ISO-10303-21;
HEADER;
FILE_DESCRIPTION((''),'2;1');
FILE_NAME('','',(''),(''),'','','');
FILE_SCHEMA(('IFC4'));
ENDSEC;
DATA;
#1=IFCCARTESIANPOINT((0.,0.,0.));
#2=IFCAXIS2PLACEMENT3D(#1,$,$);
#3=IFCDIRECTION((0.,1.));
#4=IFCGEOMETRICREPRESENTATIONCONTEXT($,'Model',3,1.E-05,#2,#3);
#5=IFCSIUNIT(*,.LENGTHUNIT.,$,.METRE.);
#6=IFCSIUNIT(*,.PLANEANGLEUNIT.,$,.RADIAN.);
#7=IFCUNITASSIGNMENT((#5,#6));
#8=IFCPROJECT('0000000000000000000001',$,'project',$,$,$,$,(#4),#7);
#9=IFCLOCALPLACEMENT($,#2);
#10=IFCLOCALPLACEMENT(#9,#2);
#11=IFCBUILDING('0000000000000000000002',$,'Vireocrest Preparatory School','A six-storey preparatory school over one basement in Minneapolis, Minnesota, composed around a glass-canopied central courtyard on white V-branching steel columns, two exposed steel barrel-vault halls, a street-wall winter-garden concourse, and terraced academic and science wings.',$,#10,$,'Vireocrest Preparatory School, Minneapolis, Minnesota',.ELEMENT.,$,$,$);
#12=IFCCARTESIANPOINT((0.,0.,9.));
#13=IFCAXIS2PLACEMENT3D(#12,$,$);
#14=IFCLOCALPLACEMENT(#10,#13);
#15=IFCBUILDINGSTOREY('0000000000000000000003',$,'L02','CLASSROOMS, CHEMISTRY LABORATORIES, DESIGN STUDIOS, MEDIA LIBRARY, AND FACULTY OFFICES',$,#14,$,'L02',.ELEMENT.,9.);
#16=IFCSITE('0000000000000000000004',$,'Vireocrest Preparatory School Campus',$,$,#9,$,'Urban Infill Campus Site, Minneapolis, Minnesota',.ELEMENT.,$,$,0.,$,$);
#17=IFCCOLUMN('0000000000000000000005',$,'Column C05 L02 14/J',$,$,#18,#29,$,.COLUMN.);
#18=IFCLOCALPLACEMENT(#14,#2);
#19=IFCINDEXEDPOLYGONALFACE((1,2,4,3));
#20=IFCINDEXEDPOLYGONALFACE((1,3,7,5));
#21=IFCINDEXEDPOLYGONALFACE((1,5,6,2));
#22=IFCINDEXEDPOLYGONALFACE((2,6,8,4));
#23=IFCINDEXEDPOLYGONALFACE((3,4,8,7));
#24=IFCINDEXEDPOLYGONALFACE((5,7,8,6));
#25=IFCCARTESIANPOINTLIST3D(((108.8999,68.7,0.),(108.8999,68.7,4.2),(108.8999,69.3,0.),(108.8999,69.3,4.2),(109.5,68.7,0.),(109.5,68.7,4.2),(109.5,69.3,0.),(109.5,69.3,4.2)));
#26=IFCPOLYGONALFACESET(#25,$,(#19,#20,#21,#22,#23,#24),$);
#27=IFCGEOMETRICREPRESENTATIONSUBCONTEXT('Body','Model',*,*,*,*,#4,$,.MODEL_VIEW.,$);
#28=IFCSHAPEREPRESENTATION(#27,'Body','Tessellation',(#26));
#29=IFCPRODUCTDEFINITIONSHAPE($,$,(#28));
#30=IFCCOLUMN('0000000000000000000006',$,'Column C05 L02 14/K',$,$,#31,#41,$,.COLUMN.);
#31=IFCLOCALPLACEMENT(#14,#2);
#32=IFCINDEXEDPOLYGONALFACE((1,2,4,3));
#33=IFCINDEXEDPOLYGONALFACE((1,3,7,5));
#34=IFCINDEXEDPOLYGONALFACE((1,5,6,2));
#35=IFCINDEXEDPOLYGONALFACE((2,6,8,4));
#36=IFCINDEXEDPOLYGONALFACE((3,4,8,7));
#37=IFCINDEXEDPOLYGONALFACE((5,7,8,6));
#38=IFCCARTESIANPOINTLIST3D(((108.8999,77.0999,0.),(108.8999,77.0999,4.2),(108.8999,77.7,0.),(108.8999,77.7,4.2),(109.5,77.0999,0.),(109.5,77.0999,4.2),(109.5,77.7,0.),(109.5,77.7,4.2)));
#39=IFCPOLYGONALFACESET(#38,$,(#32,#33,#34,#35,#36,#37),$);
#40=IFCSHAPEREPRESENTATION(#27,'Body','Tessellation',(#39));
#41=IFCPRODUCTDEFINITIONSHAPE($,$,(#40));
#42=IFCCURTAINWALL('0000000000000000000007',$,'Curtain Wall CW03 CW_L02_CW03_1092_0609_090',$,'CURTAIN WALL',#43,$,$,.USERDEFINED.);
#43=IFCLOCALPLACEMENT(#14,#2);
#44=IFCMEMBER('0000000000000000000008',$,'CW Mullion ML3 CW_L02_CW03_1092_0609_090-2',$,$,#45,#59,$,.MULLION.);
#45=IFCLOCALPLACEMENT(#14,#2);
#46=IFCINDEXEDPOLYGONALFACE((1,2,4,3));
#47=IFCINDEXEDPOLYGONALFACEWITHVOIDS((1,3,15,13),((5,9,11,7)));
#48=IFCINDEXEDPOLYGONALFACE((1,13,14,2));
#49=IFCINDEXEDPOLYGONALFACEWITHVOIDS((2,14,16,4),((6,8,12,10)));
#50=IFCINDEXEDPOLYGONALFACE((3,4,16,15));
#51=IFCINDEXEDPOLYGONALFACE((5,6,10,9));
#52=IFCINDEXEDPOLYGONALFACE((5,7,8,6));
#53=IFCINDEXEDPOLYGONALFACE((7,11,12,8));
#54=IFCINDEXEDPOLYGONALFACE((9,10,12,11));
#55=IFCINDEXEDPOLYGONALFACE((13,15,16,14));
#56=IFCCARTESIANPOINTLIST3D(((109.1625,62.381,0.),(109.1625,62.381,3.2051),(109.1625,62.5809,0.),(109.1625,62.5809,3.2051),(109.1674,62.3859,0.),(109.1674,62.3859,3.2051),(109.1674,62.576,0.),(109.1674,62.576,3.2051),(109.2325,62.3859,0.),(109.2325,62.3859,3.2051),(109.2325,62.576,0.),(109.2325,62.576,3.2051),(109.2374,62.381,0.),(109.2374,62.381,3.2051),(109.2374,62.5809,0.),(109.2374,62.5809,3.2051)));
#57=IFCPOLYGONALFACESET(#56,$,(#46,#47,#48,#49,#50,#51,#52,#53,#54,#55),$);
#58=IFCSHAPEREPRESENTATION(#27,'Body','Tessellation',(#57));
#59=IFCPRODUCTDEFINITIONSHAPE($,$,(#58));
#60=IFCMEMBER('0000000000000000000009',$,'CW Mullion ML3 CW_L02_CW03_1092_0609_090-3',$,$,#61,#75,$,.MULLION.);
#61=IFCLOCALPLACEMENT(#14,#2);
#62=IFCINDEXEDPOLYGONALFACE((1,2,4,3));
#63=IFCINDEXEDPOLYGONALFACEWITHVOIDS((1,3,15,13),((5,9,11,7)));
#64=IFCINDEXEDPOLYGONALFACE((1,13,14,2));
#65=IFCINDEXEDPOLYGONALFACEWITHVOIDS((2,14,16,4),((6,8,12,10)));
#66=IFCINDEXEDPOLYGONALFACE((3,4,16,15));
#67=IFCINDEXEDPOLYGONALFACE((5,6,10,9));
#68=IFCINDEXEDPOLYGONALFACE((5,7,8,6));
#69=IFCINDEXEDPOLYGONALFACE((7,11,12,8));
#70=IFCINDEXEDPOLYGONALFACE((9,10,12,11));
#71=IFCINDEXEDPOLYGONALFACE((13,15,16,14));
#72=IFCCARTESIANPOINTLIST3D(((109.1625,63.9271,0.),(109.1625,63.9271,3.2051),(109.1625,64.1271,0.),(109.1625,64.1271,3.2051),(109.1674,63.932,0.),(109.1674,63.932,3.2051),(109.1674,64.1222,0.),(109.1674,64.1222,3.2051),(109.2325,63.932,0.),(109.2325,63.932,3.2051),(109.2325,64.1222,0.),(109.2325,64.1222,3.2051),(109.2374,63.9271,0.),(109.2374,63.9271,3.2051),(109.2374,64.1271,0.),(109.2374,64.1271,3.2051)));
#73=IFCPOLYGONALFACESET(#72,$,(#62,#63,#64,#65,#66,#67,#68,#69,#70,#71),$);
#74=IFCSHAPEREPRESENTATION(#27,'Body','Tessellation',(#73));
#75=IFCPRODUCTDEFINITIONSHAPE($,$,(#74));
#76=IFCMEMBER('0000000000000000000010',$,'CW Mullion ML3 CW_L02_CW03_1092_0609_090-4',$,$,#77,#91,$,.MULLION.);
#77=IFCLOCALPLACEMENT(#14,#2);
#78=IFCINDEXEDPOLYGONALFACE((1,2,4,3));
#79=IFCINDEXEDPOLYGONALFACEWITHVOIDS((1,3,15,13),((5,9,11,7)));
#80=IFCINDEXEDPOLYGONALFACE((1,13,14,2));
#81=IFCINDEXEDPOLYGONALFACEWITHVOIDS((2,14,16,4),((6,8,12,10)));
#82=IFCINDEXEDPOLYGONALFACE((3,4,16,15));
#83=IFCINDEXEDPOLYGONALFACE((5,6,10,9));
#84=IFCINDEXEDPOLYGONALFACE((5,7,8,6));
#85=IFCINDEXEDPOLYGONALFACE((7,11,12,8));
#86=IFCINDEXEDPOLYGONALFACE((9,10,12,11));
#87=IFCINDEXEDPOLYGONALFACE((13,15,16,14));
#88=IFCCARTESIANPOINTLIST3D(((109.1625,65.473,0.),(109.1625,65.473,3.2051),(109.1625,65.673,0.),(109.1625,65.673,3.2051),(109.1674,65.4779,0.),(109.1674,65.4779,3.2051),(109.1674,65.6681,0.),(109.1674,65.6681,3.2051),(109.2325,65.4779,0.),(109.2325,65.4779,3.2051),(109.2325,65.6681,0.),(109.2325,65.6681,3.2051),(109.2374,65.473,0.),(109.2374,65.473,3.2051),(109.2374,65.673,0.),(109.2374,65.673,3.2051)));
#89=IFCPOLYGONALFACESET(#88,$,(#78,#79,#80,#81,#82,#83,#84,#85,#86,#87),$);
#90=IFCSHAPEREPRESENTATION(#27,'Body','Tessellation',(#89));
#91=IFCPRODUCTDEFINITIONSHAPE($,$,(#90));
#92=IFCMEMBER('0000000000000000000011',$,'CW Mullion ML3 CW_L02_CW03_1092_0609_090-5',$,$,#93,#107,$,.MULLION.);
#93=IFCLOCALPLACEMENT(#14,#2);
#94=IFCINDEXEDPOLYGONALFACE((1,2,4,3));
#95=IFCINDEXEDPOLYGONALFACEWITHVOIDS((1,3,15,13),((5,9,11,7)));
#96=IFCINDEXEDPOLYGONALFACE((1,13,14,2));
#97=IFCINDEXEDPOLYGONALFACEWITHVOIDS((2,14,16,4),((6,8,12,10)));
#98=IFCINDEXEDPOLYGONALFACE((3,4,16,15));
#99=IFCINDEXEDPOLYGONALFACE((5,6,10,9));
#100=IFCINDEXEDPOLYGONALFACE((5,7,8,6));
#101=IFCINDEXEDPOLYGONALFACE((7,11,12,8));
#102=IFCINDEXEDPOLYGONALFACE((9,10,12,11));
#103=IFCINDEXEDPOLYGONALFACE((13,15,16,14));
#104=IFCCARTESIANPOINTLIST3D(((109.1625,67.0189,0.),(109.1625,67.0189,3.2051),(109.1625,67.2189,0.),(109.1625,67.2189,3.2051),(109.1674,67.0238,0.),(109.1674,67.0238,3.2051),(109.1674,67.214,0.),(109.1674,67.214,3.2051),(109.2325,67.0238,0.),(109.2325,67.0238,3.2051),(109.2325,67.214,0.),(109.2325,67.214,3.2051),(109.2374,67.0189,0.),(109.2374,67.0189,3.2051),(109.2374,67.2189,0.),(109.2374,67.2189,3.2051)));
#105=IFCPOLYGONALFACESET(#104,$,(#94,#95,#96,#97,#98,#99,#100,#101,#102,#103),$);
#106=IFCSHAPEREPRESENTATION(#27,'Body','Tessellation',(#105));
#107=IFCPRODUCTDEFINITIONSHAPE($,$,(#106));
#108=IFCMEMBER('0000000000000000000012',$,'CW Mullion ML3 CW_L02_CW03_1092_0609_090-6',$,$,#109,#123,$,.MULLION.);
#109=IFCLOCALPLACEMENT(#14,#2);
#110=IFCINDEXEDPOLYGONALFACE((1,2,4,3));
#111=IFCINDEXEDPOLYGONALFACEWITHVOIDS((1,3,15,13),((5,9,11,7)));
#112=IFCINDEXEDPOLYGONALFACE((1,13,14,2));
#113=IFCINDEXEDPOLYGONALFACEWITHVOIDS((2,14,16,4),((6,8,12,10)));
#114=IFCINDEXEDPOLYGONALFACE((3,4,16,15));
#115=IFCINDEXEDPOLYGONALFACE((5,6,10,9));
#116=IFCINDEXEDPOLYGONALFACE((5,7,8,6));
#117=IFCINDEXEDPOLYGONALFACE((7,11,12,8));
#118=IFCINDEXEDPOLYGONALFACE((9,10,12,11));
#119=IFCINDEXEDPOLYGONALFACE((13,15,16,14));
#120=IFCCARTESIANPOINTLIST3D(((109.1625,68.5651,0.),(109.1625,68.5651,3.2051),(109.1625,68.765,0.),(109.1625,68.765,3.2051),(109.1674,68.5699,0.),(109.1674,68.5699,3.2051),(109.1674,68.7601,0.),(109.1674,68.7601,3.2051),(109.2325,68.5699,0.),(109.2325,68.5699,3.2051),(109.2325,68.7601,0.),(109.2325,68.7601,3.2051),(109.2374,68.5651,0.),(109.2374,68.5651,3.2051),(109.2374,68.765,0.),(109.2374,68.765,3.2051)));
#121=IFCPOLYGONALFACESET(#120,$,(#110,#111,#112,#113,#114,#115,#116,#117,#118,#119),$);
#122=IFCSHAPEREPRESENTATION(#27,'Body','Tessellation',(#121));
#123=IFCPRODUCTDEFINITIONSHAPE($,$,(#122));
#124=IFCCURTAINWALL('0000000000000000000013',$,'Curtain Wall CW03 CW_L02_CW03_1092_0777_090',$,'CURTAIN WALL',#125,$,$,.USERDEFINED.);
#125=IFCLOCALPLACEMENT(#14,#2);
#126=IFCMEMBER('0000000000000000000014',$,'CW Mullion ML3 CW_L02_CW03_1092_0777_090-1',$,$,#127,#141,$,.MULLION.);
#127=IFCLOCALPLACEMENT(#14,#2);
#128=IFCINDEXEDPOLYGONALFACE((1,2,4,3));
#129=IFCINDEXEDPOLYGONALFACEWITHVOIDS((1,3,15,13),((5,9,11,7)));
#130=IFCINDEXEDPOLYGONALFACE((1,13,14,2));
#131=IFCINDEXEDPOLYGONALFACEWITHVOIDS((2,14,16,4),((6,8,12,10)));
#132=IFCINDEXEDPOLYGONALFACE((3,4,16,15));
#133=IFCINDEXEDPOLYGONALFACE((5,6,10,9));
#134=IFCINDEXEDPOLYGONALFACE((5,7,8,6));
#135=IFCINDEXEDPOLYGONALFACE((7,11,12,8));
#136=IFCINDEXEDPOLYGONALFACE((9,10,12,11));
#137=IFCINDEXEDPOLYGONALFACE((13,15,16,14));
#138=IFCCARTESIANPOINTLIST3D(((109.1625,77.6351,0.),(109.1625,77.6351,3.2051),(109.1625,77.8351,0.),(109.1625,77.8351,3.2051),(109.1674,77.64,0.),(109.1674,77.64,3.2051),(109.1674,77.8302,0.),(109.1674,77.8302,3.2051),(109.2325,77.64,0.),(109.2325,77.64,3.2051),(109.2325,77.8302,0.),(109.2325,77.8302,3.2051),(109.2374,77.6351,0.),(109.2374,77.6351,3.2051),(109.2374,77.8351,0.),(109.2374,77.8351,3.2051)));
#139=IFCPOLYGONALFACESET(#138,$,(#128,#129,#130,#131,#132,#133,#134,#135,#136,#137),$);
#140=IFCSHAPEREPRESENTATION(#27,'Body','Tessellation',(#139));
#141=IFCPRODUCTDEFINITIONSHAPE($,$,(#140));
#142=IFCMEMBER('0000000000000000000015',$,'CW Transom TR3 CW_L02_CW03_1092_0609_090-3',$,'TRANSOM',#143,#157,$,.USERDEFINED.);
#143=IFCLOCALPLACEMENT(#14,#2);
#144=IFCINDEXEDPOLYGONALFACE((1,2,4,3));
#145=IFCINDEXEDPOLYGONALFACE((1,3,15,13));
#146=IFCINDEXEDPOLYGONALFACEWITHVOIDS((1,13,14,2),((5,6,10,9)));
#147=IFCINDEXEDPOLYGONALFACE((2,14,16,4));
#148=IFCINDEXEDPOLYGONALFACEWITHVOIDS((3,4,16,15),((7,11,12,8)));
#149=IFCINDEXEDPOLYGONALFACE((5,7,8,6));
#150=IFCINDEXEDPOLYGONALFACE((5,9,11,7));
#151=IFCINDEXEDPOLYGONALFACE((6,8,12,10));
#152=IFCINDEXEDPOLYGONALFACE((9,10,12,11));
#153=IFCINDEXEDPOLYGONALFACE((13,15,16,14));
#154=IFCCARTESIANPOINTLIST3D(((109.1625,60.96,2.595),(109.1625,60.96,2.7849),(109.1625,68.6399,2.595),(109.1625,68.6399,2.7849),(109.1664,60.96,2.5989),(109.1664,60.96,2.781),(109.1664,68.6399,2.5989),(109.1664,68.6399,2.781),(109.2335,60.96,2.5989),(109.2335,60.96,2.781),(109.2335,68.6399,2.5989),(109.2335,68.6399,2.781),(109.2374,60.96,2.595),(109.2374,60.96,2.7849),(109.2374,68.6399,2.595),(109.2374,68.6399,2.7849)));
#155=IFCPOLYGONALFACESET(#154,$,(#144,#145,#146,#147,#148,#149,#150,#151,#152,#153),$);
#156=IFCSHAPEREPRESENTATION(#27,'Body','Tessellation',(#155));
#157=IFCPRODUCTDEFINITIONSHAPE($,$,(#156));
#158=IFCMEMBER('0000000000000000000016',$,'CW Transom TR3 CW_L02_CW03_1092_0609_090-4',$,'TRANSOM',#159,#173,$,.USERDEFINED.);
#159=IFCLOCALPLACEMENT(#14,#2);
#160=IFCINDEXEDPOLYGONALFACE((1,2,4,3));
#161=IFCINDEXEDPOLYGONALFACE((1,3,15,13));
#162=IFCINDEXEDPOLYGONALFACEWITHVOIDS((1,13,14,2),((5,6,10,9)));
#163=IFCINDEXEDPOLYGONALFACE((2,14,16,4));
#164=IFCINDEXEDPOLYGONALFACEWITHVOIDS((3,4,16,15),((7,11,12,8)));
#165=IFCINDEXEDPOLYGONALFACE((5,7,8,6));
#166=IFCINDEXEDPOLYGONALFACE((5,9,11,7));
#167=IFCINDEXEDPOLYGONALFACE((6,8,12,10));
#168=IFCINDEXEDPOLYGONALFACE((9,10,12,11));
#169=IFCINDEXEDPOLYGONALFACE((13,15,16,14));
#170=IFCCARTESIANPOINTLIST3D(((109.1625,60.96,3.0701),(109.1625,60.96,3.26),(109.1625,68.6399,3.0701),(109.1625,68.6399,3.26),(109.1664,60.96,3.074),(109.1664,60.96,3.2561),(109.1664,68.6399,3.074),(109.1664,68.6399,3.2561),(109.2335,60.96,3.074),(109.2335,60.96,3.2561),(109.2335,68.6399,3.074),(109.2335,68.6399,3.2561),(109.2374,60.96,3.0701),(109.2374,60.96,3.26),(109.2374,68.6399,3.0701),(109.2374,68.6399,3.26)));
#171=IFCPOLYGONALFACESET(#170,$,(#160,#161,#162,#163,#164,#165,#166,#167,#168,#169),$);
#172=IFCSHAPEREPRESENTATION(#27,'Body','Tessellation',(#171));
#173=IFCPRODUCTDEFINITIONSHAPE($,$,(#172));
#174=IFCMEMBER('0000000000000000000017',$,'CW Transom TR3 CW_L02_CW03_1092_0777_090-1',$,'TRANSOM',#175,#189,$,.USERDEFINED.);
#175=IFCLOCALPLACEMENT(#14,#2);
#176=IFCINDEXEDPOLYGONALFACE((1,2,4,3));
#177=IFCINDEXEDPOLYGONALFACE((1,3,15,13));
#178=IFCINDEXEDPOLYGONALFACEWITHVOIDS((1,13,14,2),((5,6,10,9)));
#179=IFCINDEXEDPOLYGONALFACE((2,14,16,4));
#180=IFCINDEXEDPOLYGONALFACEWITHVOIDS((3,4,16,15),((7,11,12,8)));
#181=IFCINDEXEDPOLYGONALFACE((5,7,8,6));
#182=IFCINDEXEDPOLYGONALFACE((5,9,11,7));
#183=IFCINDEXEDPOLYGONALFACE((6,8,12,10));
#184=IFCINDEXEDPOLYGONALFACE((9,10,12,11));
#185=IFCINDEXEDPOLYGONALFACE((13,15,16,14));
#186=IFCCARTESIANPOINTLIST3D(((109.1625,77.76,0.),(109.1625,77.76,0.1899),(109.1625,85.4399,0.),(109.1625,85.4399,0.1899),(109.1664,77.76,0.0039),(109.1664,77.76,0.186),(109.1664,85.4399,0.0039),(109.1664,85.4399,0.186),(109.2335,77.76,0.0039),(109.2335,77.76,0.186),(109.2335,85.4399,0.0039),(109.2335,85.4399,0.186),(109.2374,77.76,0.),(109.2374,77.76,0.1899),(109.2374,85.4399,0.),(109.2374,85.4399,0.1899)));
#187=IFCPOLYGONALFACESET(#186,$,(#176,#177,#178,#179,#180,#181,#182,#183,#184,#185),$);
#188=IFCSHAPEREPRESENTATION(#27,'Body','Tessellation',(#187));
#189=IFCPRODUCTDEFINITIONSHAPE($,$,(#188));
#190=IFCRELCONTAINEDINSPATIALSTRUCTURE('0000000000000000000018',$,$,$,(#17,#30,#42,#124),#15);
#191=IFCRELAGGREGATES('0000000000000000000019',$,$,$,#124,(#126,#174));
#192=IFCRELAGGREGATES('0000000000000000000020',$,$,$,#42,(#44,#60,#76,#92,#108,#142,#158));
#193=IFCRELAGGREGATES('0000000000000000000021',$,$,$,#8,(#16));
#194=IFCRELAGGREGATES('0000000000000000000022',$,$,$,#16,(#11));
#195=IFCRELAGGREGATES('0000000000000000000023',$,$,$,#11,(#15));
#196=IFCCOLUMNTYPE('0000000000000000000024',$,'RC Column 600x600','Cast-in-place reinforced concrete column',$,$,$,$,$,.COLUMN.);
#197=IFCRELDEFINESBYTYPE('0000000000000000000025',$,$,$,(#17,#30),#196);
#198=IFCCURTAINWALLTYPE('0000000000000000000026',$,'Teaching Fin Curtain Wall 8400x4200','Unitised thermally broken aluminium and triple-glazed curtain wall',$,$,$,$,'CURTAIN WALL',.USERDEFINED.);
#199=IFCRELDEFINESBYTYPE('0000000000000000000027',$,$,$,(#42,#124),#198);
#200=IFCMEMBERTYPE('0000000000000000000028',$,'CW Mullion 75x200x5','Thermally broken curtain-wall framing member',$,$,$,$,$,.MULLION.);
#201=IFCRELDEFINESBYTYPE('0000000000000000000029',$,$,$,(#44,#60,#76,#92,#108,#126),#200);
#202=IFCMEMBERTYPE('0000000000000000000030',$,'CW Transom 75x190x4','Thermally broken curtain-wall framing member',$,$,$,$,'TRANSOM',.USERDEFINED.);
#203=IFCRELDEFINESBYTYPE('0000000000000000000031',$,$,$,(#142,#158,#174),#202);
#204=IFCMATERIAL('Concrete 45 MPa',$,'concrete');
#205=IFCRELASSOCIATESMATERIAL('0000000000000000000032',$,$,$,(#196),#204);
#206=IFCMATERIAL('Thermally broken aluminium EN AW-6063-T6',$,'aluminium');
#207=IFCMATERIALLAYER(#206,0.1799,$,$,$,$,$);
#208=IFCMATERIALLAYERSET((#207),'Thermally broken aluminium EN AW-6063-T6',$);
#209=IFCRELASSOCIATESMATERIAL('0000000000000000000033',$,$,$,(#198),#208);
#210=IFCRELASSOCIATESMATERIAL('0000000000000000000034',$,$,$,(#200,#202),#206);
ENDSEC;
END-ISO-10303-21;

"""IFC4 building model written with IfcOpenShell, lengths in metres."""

from ifc_helpers import new_model, si_unit, direction, frame, origin, origin_2d, place, context, subcontext, project, spatial, rectangle, hollow_rectangle, extrude, material, layer, layer_set, material_profile, profile_set, type_object, element, aggregate, save


model = new_model("IFC4")

# Units and contexts
model_context = context("Model", 3, precision=1e-05, world=origin(), true_north=direction((0.0, 1.0)))
body_context = subcontext(model_context, "Body", "Model", "MODEL_VIEW")
ifc_project = project(units=[si_unit("LENGTHUNIT", "METRE"), si_unit("PLANEANGLEUNIT", "RADIAN")], contexts=[model_context])

# Site, building, storey
site_placement = place(None, origin())
site = spatial("IfcSite", under=ifc_project, at=site_placement, Name="Vireocrest Preparatory School Campus", LongName="Urban Infill Campus Site, Minneapolis, Minnesota", CompositionType="ELEMENT", RefElevation=0.0)
building_placement = place(site_placement, origin())
building = spatial("IfcBuilding", under=site, at=building_placement, Name="Vireocrest Preparatory School", Description="A six-storey preparatory school over one basement in Minneapolis, Minnesota, composed around a glass-canopied central courtyard on white V-branching steel columns, two exposed steel barrel-vault halls, a street-wall winter-garden concourse, and terraced academic and science wings.", LongName="Vireocrest Preparatory School, Minneapolis, Minnesota", CompositionType="ELEMENT")
storey_placement = place(building_placement, frame((0.0, 0.0, 9.0)))
storey = spatial("IfcBuildingStorey", under=building, at=storey_placement, Name="L02", Description="CLASSROOMS, CHEMISTRY LABORATORIES, DESIGN STUDIOS, MEDIA LIBRARY, AND FACULTY OFFICES", LongName="L02", CompositionType="ELEMENT", Elevation=9.0)

# Columns
ifc_material_1 = material(Name="Concrete 45 MPa", Category="concrete")
ifc_material_profile_1 = material_profile(ifc_material_1, rectangle(XDim=0.6001, YDim=0.6001, at=origin_2d()), Name="RC 600x600")
ifc_profile_set_1 = profile_set([ifc_material_profile_1], Name="Concrete 45 MPa")
column_type = type_object("IfcColumnType", Name="RC Column 600x600", Description="Cast-in-place reinforced concrete column", PredefinedType="COLUMN", material=ifc_profile_set_1)
for number, where, z_axis, x_axis, name in (
    (1, (109.2, 69.0, 0.0), (0.0, 0.0, 1.0), (1.0, 0.0, 0.0), "Column C05 L02 14/J"),
    (2, (109.2, 77.3999, 0.0), (0.0, 0.0, 1.0), (1.0, 0.0, 0.0), "Column C05 L02 14/K"),
):
    element("IfcColumn", number, at=place(storey_placement, frame(where, z_axis=z_axis, x_axis=x_axis)), inside=storey, type_object=column_type, Name=name, PredefinedType="COLUMN", context=body_context, shape_type="SweptSolid", body=[
        extrude(rectangle(XDim=0.6001, YDim=0.6001, at=origin_2d()), origin(), (0.0, 0.0, 1.0), 4.2),
    ])

# Curtain wall, members
ifc_material_2 = material(Name="Thermally broken aluminium EN AW-6063-T6", Category="aluminium")
ifc_layer_1 = layer(ifc_material_2, 0.1799)
ifc_layer_set_1 = layer_set([ifc_layer_1], Name="Thermally broken aluminium EN AW-6063-T6")
curtain_wall_type = type_object("IfcCurtainWallType", Name="Teaching Fin Curtain Wall 8400x4200", Description="Unitised thermally broken aluminium and triple-glazed curtain wall", ElementType="CURTAIN WALL", PredefinedType="USERDEFINED", material=ifc_layer_set_1)
curtain_wall_1_placement = place(storey_placement, origin())
curtain_wall_1 = element("IfcCurtainWall", 3, at=curtain_wall_1_placement, inside=storey, type_object=curtain_wall_type, Name="Curtain Wall CW03 CW_L02_CW03_1092_0609_090", ObjectType="CURTAIN WALL", PredefinedType="USERDEFINED")
ifc_material_profile_2 = material_profile(ifc_material_2, hollow_rectangle(XDim=0.075, YDim=0.2, WallThickness=0.0049, at=origin_2d()), Name="ALU 75x200x5")
ifc_profile_set_2 = profile_set([ifc_material_profile_2], Name="Thermally broken aluminium EN AW-6063-T6")
member_type_1 = type_object("IfcMemberType", Name="CW Mullion 75x200x5", Description="Thermally broken curtain-wall framing member", PredefinedType="MULLION", material=ifc_profile_set_2)
member_1_placement = place(storey_placement, frame((109.2, 62.481, 0.0), z_axis=(0.0, 0.0, 1.0), x_axis=(1.0, 0.0, 0.0)))
member_1 = element("IfcMember", 4, at=member_1_placement, type_object=member_type_1, Name="CW Mullion ML3 CW_L02_CW03_1092_0609_090-2", PredefinedType="MULLION", context=body_context, shape_type="SweptSolid", body=[
    extrude(hollow_rectangle(XDim=0.075, YDim=0.2, WallThickness=0.0049, at=origin_2d()), origin(), (0.0, 0.0, 1.0), 3.2051),
])
member_2_placement = place(storey_placement, frame((109.2, 64.0271, 0.0), z_axis=(0.0, 0.0, 1.0), x_axis=(1.0, 0.0, 0.0)))
member_2 = element("IfcMember", 5, at=member_2_placement, type_object=member_type_1, Name="CW Mullion ML3 CW_L02_CW03_1092_0609_090-3", PredefinedType="MULLION", context=body_context, shape_type="SweptSolid", body=[
    extrude(hollow_rectangle(XDim=0.075, YDim=0.2, WallThickness=0.0049, at=origin_2d()), origin(), (0.0, 0.0, 1.0), 3.2051),
])
member_3_placement = place(storey_placement, frame((109.2, 65.573, 0.0), z_axis=(0.0, 0.0, 1.0), x_axis=(1.0, 0.0, 0.0)))
member_3 = element("IfcMember", 6, at=member_3_placement, type_object=member_type_1, Name="CW Mullion ML3 CW_L02_CW03_1092_0609_090-4", PredefinedType="MULLION", context=body_context, shape_type="SweptSolid", body=[
    extrude(hollow_rectangle(XDim=0.075, YDim=0.2, WallThickness=0.0049, at=origin_2d()), origin(), (0.0, 0.0, 1.0), 3.2051),
])
member_4_placement = place(storey_placement, frame((109.2, 67.1189, 0.0), z_axis=(0.0, 0.0, 1.0), x_axis=(1.0, 0.0, 0.0)))
member_4 = element("IfcMember", 7, at=member_4_placement, type_object=member_type_1, Name="CW Mullion ML3 CW_L02_CW03_1092_0609_090-5", PredefinedType="MULLION", context=body_context, shape_type="SweptSolid", body=[
    extrude(hollow_rectangle(XDim=0.075, YDim=0.2, WallThickness=0.0049, at=origin_2d()), origin(), (0.0, 0.0, 1.0), 3.2051),
])
member_5_placement = place(storey_placement, frame((109.2, 68.665, 0.0), z_axis=(0.0, 0.0, 1.0), x_axis=(1.0, 0.0, 0.0)))
member_5 = element("IfcMember", 8, at=member_5_placement, type_object=member_type_1, Name="CW Mullion ML3 CW_L02_CW03_1092_0609_090-6", PredefinedType="MULLION", context=body_context, shape_type="SweptSolid", body=[
    extrude(hollow_rectangle(XDim=0.075, YDim=0.2, WallThickness=0.0049, at=origin_2d()), origin(), (0.0, 0.0, 1.0), 3.2051),
])

# Curtain wall, member
curtain_wall_2_placement = place(storey_placement, origin())
curtain_wall_2 = element("IfcCurtainWall", 9, at=curtain_wall_2_placement, inside=storey, type_object=curtain_wall_type, Name="Curtain Wall CW03 CW_L02_CW03_1092_0777_090", ObjectType="CURTAIN WALL", PredefinedType="USERDEFINED")
member_6_placement = place(storey_placement, frame((109.2, 77.7351, 0.0), z_axis=(0.0, 0.0, 1.0), x_axis=(1.0, 0.0, 0.0)))
member_6 = element("IfcMember", 10, at=member_6_placement, type_object=member_type_1, Name="CW Mullion ML3 CW_L02_CW03_1092_0777_090-1", PredefinedType="MULLION", context=body_context, shape_type="SweptSolid", body=[
    extrude(hollow_rectangle(XDim=0.075, YDim=0.2, WallThickness=0.0049, at=origin_2d()), origin(), (0.0, 0.0, 1.0), 3.2051),
])

# Members
ifc_material_profile_3 = material_profile(ifc_material_2, hollow_rectangle(XDim=0.075, YDim=0.1899, WallThickness=0.0039, at=origin_2d()), Name="ALU 75x190x4")
ifc_profile_set_3 = profile_set([ifc_material_profile_3], Name="Thermally broken aluminium EN AW-6063-T6")
member_type_2 = type_object("IfcMemberType", Name="CW Transom 75x190x4", Description="Thermally broken curtain-wall framing member", ElementType="TRANSOM", PredefinedType="USERDEFINED", material=ifc_profile_set_3)
member_7_placement = place(storey_placement, frame((109.2, 60.96, 2.6899), z_axis=(0.0, 1.0, 0.0), x_axis=(-1.0, 0.0, 0.0)))
member_7 = element("IfcMember", 11, at=member_7_placement, type_object=member_type_2, Name="CW Transom TR3 CW_L02_CW03_1092_0609_090-3", ObjectType="TRANSOM", PredefinedType="USERDEFINED", context=body_context, shape_type="SweptSolid", body=[
    extrude(hollow_rectangle(XDim=0.075, YDim=0.1899, WallThickness=0.0039, at=origin_2d()), origin(), (0.0, 0.0, 1.0), 7.6799),
])
member_8_placement = place(storey_placement, frame((109.2, 60.96, 3.165), z_axis=(0.0, 1.0, 0.0), x_axis=(-1.0, 0.0, 0.0)))
member_8 = element("IfcMember", 12, at=member_8_placement, type_object=member_type_2, Name="CW Transom TR3 CW_L02_CW03_1092_0609_090-4", ObjectType="TRANSOM", PredefinedType="USERDEFINED", context=body_context, shape_type="SweptSolid", body=[
    extrude(hollow_rectangle(XDim=0.075, YDim=0.1899, WallThickness=0.0039, at=origin_2d()), origin(), (0.0, 0.0, 1.0), 7.6799),
])
member_9_placement = place(storey_placement, frame((109.2, 77.76, 0.095), z_axis=(0.0, 1.0, 0.0), x_axis=(-1.0, 0.0, 0.0)))
member_9 = element("IfcMember", 13, at=member_9_placement, type_object=member_type_2, Name="CW Transom TR3 CW_L02_CW03_1092_0777_090-1", ObjectType="TRANSOM", PredefinedType="USERDEFINED", context=body_context, shape_type="SweptSolid", body=[
    extrude(hollow_rectangle(XDim=0.075, YDim=0.1899, WallThickness=0.0039, at=origin_2d()), origin(), (0.0, 0.0, 1.0), 7.6799),
])
aggregate(curtain_wall_2, [member_6, member_9])

aggregate(curtain_wall_1, [member_1, member_2, member_3, member_4, member_5, member_7, member_8])

save(model, "model.ifc")
